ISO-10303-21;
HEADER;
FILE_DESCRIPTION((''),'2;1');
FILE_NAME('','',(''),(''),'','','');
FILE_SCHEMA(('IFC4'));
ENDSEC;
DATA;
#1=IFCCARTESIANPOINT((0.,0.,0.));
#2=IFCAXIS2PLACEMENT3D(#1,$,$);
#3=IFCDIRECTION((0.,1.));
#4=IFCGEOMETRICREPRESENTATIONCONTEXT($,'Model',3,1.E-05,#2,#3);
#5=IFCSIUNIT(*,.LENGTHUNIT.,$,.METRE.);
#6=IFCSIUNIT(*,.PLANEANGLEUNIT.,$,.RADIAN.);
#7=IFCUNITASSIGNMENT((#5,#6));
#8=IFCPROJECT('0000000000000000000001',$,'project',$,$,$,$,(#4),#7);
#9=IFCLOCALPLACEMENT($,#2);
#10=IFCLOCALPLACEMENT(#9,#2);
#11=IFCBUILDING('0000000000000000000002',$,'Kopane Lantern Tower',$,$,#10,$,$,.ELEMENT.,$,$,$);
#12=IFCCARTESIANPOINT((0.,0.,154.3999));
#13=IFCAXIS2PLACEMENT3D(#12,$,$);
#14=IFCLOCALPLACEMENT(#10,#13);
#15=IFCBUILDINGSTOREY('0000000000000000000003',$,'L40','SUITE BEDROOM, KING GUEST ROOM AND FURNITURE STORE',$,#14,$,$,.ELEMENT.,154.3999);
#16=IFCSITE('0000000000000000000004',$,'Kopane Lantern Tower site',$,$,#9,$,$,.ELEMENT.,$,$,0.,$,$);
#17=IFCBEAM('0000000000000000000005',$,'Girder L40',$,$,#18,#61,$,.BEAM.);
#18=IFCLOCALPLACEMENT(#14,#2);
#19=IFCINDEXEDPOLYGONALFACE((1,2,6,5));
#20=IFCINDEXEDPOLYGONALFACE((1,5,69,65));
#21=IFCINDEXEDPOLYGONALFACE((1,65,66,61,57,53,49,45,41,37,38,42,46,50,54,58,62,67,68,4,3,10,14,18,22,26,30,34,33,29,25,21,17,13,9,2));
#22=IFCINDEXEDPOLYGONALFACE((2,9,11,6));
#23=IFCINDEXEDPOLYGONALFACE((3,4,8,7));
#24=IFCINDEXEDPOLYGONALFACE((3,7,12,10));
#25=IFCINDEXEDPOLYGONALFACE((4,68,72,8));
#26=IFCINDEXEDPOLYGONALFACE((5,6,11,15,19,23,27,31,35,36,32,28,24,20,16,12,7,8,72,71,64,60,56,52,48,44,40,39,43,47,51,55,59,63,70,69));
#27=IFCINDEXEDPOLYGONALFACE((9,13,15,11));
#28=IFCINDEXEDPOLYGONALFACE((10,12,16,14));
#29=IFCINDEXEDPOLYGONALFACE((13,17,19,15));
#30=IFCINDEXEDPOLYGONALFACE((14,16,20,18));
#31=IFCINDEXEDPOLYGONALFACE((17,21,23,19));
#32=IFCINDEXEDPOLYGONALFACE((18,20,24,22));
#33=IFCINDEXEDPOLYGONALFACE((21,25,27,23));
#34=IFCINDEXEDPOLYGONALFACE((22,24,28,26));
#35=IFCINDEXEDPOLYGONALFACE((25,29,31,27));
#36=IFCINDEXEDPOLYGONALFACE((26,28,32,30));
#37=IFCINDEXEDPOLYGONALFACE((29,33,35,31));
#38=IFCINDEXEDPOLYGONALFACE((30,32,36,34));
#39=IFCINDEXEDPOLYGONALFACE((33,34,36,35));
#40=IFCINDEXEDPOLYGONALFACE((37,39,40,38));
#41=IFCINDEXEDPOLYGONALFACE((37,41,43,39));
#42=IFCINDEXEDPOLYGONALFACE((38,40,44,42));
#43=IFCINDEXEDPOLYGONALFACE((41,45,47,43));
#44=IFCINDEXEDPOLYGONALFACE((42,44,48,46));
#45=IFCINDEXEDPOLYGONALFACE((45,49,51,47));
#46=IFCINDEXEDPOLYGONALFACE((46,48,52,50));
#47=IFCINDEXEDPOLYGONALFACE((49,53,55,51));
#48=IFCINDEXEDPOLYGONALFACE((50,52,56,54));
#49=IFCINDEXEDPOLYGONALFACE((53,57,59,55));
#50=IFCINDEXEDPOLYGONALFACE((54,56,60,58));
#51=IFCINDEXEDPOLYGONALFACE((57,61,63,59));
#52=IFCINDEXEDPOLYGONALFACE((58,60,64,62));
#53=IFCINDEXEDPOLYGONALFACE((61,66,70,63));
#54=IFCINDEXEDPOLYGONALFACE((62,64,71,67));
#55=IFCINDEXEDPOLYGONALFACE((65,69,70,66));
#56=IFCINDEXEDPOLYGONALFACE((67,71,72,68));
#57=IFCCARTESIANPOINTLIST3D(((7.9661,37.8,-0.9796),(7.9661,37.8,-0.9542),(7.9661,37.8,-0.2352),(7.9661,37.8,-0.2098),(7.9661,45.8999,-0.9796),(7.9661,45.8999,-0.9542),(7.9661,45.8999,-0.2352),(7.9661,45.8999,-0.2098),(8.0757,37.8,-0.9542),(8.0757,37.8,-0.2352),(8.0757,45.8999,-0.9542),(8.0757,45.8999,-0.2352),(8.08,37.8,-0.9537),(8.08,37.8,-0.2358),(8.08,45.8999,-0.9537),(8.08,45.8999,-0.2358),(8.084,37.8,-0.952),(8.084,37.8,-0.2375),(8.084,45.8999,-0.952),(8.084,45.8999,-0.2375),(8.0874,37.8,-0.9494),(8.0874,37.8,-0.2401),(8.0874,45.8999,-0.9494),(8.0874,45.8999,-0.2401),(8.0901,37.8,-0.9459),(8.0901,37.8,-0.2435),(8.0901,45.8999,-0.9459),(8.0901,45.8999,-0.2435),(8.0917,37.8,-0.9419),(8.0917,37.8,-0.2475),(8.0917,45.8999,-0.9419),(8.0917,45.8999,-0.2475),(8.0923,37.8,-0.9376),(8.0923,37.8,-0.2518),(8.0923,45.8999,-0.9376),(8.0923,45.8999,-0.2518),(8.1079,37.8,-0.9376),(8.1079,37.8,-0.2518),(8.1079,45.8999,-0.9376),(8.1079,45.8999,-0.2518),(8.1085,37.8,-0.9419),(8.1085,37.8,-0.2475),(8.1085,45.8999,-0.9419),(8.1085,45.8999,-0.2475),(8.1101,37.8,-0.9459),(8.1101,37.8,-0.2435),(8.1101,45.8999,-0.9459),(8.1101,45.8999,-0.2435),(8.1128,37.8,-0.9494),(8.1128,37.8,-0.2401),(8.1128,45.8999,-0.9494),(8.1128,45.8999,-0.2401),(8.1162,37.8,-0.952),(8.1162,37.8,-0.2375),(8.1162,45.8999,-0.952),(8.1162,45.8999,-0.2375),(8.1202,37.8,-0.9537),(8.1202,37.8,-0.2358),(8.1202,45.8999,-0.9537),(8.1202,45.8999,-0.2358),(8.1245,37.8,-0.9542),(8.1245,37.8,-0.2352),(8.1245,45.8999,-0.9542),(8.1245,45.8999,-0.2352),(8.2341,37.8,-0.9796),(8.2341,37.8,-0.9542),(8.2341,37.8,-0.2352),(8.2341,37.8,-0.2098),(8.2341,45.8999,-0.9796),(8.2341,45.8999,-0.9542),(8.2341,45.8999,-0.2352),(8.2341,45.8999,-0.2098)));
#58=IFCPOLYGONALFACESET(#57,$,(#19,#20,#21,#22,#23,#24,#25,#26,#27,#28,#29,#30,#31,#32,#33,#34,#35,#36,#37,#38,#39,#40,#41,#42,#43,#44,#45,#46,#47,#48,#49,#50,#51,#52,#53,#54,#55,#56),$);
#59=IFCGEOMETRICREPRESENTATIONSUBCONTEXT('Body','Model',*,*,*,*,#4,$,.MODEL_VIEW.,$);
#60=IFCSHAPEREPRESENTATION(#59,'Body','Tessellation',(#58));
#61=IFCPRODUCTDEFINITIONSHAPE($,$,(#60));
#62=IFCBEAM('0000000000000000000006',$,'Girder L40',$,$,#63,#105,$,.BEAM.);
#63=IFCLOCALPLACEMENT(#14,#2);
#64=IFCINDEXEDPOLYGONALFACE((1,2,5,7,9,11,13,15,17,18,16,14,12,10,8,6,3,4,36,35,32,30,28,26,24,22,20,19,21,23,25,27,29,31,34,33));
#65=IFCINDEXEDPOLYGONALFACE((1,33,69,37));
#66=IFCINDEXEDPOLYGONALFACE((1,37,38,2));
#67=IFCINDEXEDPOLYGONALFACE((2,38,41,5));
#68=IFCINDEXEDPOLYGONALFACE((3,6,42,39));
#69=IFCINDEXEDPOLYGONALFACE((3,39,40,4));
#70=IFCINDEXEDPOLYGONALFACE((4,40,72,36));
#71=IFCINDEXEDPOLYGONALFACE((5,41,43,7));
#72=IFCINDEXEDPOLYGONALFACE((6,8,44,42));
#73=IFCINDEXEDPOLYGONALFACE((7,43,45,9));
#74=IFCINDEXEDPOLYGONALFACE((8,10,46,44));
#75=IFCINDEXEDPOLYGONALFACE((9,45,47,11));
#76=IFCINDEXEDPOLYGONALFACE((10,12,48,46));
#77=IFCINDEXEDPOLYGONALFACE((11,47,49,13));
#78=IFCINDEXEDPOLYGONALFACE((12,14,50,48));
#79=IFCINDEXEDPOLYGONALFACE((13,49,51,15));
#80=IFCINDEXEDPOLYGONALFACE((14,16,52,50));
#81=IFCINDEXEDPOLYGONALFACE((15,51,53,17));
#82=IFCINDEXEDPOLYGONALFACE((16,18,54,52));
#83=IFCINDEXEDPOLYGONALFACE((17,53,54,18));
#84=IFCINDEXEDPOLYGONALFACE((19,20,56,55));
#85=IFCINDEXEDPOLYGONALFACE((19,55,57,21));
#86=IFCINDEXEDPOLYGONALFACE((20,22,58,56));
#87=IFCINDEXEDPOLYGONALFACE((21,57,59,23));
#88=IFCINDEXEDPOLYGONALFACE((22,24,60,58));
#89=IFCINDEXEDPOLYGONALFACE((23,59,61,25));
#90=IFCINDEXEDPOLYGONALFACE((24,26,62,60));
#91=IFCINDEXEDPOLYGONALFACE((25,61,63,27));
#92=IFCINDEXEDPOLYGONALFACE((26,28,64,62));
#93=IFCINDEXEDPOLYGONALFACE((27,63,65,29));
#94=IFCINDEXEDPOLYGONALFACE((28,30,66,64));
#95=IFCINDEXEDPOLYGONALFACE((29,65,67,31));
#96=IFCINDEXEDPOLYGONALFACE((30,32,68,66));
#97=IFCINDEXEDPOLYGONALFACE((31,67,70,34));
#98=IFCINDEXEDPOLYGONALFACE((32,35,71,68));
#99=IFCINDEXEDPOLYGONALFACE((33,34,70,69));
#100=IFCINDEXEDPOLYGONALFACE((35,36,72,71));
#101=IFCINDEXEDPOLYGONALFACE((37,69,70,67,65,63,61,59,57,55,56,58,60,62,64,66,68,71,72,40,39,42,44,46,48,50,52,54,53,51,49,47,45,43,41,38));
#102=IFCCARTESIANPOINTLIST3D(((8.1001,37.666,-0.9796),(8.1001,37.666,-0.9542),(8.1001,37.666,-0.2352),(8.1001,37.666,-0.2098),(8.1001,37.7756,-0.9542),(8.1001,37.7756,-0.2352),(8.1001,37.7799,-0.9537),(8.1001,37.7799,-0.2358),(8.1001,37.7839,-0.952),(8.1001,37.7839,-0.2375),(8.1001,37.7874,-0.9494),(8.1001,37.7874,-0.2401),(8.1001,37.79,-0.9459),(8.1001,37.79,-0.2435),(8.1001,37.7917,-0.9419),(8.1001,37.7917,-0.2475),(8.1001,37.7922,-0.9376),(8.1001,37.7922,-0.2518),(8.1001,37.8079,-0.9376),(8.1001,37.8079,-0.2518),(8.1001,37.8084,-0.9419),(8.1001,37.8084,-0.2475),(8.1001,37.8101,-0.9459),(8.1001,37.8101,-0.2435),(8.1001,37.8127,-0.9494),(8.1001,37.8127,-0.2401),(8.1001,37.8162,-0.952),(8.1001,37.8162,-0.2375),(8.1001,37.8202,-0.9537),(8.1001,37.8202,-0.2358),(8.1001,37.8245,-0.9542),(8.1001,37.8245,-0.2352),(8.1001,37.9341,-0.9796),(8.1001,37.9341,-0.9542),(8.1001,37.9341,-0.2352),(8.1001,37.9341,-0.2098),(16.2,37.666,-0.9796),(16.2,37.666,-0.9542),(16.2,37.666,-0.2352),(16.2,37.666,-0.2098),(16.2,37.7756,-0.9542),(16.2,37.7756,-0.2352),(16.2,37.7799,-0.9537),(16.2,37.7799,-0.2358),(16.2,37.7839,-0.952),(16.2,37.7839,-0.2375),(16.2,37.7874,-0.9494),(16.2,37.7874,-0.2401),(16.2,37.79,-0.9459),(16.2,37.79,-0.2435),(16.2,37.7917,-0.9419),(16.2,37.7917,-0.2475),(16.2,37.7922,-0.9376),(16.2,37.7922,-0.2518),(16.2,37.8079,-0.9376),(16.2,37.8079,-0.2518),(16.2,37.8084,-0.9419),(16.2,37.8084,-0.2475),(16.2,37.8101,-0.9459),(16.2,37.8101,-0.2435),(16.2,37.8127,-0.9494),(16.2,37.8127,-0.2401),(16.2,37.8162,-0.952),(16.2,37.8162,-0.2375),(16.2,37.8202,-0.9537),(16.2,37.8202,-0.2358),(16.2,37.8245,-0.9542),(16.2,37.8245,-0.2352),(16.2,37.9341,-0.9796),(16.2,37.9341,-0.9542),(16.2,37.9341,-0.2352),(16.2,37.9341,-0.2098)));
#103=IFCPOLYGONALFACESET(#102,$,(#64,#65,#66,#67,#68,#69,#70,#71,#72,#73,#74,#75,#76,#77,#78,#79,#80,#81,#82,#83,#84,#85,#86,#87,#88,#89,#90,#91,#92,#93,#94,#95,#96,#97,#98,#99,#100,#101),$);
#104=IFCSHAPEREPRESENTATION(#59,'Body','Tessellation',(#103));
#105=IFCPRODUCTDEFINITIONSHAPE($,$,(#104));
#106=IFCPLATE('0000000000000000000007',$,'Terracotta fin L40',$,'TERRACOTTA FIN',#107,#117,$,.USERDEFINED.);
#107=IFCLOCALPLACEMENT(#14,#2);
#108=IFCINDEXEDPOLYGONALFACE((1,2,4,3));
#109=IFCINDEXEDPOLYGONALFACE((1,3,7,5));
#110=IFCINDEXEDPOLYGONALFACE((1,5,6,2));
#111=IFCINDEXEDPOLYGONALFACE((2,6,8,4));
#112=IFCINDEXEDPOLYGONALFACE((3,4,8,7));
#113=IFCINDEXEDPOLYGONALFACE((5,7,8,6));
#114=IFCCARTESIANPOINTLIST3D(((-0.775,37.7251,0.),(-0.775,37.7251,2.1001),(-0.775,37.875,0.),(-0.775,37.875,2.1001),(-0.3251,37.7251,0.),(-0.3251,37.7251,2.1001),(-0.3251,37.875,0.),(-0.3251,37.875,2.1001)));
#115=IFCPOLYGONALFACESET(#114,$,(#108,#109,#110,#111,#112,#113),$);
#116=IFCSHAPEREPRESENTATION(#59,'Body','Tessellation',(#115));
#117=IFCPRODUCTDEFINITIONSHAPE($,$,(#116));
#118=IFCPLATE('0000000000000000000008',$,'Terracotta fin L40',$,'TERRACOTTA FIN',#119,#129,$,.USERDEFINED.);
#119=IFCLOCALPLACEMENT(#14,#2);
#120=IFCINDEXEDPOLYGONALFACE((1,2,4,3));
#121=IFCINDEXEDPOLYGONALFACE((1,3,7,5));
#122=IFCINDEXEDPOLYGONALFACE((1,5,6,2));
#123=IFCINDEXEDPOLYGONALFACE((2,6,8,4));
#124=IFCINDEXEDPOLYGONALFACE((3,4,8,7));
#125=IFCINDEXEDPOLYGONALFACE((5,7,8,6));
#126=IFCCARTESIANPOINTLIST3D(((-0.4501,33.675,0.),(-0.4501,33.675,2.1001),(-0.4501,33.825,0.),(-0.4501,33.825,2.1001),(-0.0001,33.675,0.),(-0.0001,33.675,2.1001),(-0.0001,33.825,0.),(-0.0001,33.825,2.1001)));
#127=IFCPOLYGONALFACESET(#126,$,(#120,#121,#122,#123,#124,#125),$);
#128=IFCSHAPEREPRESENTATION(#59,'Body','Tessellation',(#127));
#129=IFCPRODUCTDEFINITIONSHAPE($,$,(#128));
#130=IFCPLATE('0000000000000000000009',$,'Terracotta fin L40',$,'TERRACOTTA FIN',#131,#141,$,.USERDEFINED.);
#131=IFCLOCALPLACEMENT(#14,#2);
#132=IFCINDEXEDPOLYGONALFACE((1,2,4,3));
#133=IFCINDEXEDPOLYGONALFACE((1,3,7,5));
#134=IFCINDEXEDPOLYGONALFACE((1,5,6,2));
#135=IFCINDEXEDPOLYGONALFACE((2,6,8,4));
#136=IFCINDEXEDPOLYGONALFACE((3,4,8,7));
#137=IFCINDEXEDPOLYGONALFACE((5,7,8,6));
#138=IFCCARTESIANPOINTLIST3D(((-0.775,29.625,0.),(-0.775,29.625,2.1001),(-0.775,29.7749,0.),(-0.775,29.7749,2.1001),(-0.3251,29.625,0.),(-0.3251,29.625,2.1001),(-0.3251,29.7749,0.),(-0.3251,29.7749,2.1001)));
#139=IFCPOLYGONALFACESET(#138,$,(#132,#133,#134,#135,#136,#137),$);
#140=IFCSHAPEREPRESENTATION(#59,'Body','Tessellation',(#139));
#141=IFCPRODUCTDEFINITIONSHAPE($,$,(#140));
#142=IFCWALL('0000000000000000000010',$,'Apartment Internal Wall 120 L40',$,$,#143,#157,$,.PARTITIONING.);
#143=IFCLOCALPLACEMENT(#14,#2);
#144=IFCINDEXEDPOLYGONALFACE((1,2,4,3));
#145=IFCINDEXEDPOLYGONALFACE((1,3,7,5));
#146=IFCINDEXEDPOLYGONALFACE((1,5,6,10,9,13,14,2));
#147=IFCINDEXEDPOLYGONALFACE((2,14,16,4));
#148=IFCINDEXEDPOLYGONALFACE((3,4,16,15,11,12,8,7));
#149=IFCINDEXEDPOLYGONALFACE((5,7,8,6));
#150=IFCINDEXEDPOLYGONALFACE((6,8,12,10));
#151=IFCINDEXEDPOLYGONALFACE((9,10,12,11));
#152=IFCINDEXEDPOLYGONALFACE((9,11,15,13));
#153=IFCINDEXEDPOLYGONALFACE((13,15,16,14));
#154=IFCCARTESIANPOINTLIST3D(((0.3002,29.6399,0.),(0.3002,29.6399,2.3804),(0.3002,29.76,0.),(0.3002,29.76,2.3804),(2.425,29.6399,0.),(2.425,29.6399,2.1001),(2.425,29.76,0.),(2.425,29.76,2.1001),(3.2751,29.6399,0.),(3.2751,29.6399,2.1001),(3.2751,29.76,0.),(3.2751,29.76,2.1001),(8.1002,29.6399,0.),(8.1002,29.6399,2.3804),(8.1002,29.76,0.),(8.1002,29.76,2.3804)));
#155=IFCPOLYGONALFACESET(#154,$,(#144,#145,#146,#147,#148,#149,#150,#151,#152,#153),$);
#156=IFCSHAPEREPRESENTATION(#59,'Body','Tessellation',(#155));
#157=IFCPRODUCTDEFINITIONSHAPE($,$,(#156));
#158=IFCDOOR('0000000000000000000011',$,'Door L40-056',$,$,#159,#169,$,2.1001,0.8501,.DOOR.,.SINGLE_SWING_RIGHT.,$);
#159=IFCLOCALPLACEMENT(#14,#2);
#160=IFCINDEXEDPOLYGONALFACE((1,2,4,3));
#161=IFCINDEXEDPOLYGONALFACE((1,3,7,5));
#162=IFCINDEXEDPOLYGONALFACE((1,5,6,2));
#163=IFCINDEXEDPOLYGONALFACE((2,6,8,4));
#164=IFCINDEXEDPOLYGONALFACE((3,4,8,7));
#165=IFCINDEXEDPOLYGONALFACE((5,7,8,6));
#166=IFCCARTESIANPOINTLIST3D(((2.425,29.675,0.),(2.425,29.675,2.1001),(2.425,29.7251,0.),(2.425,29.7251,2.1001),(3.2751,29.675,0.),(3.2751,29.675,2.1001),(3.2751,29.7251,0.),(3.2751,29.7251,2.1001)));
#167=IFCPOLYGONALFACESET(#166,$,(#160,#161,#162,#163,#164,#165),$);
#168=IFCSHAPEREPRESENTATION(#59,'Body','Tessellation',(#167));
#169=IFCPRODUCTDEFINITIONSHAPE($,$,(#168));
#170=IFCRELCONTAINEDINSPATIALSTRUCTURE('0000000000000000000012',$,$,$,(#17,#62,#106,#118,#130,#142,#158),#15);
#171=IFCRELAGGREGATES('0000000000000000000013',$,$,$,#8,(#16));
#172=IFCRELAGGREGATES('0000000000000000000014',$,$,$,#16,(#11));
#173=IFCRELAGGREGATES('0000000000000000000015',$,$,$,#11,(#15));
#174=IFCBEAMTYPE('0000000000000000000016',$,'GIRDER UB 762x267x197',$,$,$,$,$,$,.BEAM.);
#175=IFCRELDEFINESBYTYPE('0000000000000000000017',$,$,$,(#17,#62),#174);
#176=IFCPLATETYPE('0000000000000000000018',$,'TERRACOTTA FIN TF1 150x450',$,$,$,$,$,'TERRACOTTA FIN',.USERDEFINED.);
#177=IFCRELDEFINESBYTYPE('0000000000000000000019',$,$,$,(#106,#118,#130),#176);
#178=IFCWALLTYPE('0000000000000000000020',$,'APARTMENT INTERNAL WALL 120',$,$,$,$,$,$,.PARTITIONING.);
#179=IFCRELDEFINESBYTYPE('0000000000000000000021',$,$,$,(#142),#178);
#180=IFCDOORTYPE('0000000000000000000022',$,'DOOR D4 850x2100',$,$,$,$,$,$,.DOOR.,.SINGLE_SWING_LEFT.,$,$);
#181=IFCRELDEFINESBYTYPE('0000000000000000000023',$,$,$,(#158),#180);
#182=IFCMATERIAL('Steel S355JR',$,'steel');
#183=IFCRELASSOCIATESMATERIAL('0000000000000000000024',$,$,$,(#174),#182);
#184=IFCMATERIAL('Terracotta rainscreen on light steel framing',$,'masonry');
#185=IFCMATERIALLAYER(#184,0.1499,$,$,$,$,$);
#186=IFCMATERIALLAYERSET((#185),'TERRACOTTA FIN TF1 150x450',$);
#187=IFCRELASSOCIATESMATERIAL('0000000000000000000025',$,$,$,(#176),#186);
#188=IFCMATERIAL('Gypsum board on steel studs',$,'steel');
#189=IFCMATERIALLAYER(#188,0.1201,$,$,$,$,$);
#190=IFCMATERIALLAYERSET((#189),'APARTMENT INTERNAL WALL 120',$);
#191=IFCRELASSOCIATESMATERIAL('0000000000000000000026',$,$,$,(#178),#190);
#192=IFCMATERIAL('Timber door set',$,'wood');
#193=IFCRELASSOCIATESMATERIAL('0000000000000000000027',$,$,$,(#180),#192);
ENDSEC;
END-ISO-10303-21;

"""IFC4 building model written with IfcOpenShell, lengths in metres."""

from ifc_helpers import new_model, si_unit, direction, frame, frame_2d, origin, origin_2d, place, context, subcontext, project, spatial, rectangle, i_section, extrude, material, layer, layer_set, material_profile, profile_set, type_object, element, fill, save


model = new_model("IFC4")

# Units and contexts
model_context = context("Model", 3, precision=1e-05, world=origin(), true_north=direction((0.0, 1.0)))
body_context = subcontext(model_context, "Body", "Model", "MODEL_VIEW")
ifc_project = project(units=[si_unit("LENGTHUNIT", "METRE"), si_unit("PLANEANGLEUNIT", "RADIAN")], contexts=[model_context])

# Site, building, storey
site_placement = place(None, origin())
site = spatial("IfcSite", under=ifc_project, at=site_placement, Name="Kopane Lantern Tower site", CompositionType="ELEMENT", RefElevation=0.0)
building_placement = place(site_placement, origin())
building = spatial("IfcBuilding", under=site, at=building_placement, Name="Kopane Lantern Tower", CompositionType="ELEMENT")
storey_placement = place(building_placement, frame((0.0, 0.0, 154.3999)))
storey = spatial("IfcBuildingStorey", under=building, at=storey_placement, Name="L40", Description="SUITE BEDROOM, KING GUEST ROOM AND FURNITURE STORE", CompositionType="ELEMENT", Elevation=154.3999)

# Beams
ifc_material_1 = material(Name="Steel S355JR", Category="steel")
ifc_material_profile_1 = material_profile(ifc_material_1, i_section(OverallWidth=0.2681, OverallDepth=0.7698, WebThickness=0.0156, FlangeThickness=0.0254, FilletRadius=0.0166, at=origin_2d()), Name="UB 762x267x197")
ifc_profile_set_1 = profile_set([ifc_material_profile_1], Name="Steel S355JR")
beam_type = type_object("IfcBeamType", Name="GIRDER UB 762x267x197", PredefinedType="BEAM", material=ifc_profile_set_1)
for number, where, z_axis, x_axis, name in (
    (1, (8.1001, 37.8, -0.5947), (0.0, 1.0, 0.0), (-1.0, 0.0, 0.0), "Girder L40"),
    (2, (8.1001, 37.8, -0.5947), (1.0, 0.0, 0.0), (0.0, 1.0, 0.0), "Girder L40"),
):
    element("IfcBeam", number, at=place(storey_placement, frame(where, z_axis=z_axis, x_axis=x_axis)), inside=storey, type_object=beam_type, Name=name, PredefinedType="BEAM", context=body_context, shape_type="SweptSolid", body=[
        extrude(i_section(OverallWidth=0.2681, OverallDepth=0.7698, WebThickness=0.0156, FlangeThickness=0.0254, FilletRadius=0.0166, at=origin_2d()), origin(), (0.0, 0.0, 1.0), 8.0999),
    ])

# Plates
ifc_material_2 = material(Name="Terracotta rainscreen on light steel framing", Category="masonry")
ifc_layer_1 = layer(ifc_material_2, 0.1499)
ifc_layer_set_1 = layer_set([ifc_layer_1], Name="TERRACOTTA FIN TF1 150x450")
plate_type = type_object("IfcPlateType", Name="TERRACOTTA FIN TF1 150x450", ElementType="TERRACOTTA FIN", PredefinedType="USERDEFINED", material=ifc_layer_set_1)
for number, where, z_axis, x_axis, name in (
    (3, (-0.55, 37.8, 0.0), (0.0, 0.0, 1.0), (0.0, -1.0, 0.0), "Terracotta fin L40"),
    (4, (-0.2251, 33.75, 0.0), (0.0, 0.0, 1.0), (0.0, -1.0, 0.0), "Terracotta fin L40"),
    (5, (-0.55, 29.7, 0.0), (0.0, 0.0, 1.0), (0.0, -1.0, 0.0), "Terracotta fin L40"),
):
    element("IfcPlate", number, at=place(storey_placement, frame(where, z_axis=z_axis, x_axis=x_axis)), inside=storey, type_object=plate_type, Name=name, ObjectType="TERRACOTTA FIN", PredefinedType="USERDEFINED", context=body_context, shape_type="SweptSolid", body=[
        extrude(rectangle(XDim=0.1499, YDim=0.45, at=origin_2d()), origin(), (0.0, 0.0, 1.0), 2.1001),
    ])

# Wall, opening, door
ifc_material_3 = material(Name="Gypsum board on steel studs", Category="steel")
ifc_layer_2 = layer(ifc_material_3, 0.1201)
ifc_layer_set_2 = layer_set([ifc_layer_2], Name="APARTMENT INTERNAL WALL 120")
wall_type_1 = type_object("IfcWallType", Name="APARTMENT INTERNAL WALL 120", PredefinedType="PARTITIONING", material=ifc_layer_set_2)
wall_1_placement = place(storey_placement, frame((8.1001, 29.7, 0.0), z_axis=(0.0, 0.0, 1.0), x_axis=(-1.0, 0.0, 0.0)))
wall_1 = element("IfcWall", 6, at=wall_1_placement, inside=storey, type_object=wall_type_1, Name="Apartment Internal Wall 120 L40", PredefinedType="PARTITIONING", context=body_context, shape_type="SweptSolid", body=[
    extrude(rectangle(XDim=7.8, YDim=0.1201, at=frame_2d((3.8999, 0.0))), origin(), (0.0, 0.0, 1.0), 2.3804),
])
opening_1_placement = place(wall_1_placement, frame((4.825, 0.0, 0.0)))
opening_1 = element("IfcOpeningElement", 7, at=opening_1_placement, cuts=wall_1, PredefinedType="OPENING", context=body_context, shape_type="SweptSolid", body=[
    extrude(rectangle(XDim=0.8501, YDim=2.1001, at=frame_2d((0.425, 1.05))), frame((0.0, 0.0701, 0.0), z_axis=(0.0, -1.0, 0.0), x_axis=(1.0, 0.0, 0.0)), (0.0, 0.0, 1.0), 0.1401),
])
ifc_material_4 = material(Name="Timber door set", Category="wood")
door_type_1 = type_object("IfcDoorType", Name="DOOR D4 850x2100", OperationType="SINGLE_SWING_LEFT", PredefinedType="DOOR", material=ifc_material_4)
door_1_placement = place(opening_1_placement, origin())
door_1 = element("IfcDoor", 8, at=door_1_placement, inside=storey, type_object=door_type_1, Name="Door L40-056", OperationType="SINGLE_SWING_RIGHT", OverallHeight=2.1001, OverallWidth=0.8501, PredefinedType="DOOR", context=body_context, shape_type="SweptSolid", body=[
    extrude(rectangle(XDim=0.8501, YDim=2.1001, at=frame_2d((0.425, 1.05))), frame((0.0, 0.0249, 0.0), z_axis=(0.0, -1.0, 0.0), x_axis=(1.0, 0.0, 0.0)), (0.0, 0.0, 1.0), 0.05),
])
fill(opening_1, door_1)

save(model, "model.ifc")
